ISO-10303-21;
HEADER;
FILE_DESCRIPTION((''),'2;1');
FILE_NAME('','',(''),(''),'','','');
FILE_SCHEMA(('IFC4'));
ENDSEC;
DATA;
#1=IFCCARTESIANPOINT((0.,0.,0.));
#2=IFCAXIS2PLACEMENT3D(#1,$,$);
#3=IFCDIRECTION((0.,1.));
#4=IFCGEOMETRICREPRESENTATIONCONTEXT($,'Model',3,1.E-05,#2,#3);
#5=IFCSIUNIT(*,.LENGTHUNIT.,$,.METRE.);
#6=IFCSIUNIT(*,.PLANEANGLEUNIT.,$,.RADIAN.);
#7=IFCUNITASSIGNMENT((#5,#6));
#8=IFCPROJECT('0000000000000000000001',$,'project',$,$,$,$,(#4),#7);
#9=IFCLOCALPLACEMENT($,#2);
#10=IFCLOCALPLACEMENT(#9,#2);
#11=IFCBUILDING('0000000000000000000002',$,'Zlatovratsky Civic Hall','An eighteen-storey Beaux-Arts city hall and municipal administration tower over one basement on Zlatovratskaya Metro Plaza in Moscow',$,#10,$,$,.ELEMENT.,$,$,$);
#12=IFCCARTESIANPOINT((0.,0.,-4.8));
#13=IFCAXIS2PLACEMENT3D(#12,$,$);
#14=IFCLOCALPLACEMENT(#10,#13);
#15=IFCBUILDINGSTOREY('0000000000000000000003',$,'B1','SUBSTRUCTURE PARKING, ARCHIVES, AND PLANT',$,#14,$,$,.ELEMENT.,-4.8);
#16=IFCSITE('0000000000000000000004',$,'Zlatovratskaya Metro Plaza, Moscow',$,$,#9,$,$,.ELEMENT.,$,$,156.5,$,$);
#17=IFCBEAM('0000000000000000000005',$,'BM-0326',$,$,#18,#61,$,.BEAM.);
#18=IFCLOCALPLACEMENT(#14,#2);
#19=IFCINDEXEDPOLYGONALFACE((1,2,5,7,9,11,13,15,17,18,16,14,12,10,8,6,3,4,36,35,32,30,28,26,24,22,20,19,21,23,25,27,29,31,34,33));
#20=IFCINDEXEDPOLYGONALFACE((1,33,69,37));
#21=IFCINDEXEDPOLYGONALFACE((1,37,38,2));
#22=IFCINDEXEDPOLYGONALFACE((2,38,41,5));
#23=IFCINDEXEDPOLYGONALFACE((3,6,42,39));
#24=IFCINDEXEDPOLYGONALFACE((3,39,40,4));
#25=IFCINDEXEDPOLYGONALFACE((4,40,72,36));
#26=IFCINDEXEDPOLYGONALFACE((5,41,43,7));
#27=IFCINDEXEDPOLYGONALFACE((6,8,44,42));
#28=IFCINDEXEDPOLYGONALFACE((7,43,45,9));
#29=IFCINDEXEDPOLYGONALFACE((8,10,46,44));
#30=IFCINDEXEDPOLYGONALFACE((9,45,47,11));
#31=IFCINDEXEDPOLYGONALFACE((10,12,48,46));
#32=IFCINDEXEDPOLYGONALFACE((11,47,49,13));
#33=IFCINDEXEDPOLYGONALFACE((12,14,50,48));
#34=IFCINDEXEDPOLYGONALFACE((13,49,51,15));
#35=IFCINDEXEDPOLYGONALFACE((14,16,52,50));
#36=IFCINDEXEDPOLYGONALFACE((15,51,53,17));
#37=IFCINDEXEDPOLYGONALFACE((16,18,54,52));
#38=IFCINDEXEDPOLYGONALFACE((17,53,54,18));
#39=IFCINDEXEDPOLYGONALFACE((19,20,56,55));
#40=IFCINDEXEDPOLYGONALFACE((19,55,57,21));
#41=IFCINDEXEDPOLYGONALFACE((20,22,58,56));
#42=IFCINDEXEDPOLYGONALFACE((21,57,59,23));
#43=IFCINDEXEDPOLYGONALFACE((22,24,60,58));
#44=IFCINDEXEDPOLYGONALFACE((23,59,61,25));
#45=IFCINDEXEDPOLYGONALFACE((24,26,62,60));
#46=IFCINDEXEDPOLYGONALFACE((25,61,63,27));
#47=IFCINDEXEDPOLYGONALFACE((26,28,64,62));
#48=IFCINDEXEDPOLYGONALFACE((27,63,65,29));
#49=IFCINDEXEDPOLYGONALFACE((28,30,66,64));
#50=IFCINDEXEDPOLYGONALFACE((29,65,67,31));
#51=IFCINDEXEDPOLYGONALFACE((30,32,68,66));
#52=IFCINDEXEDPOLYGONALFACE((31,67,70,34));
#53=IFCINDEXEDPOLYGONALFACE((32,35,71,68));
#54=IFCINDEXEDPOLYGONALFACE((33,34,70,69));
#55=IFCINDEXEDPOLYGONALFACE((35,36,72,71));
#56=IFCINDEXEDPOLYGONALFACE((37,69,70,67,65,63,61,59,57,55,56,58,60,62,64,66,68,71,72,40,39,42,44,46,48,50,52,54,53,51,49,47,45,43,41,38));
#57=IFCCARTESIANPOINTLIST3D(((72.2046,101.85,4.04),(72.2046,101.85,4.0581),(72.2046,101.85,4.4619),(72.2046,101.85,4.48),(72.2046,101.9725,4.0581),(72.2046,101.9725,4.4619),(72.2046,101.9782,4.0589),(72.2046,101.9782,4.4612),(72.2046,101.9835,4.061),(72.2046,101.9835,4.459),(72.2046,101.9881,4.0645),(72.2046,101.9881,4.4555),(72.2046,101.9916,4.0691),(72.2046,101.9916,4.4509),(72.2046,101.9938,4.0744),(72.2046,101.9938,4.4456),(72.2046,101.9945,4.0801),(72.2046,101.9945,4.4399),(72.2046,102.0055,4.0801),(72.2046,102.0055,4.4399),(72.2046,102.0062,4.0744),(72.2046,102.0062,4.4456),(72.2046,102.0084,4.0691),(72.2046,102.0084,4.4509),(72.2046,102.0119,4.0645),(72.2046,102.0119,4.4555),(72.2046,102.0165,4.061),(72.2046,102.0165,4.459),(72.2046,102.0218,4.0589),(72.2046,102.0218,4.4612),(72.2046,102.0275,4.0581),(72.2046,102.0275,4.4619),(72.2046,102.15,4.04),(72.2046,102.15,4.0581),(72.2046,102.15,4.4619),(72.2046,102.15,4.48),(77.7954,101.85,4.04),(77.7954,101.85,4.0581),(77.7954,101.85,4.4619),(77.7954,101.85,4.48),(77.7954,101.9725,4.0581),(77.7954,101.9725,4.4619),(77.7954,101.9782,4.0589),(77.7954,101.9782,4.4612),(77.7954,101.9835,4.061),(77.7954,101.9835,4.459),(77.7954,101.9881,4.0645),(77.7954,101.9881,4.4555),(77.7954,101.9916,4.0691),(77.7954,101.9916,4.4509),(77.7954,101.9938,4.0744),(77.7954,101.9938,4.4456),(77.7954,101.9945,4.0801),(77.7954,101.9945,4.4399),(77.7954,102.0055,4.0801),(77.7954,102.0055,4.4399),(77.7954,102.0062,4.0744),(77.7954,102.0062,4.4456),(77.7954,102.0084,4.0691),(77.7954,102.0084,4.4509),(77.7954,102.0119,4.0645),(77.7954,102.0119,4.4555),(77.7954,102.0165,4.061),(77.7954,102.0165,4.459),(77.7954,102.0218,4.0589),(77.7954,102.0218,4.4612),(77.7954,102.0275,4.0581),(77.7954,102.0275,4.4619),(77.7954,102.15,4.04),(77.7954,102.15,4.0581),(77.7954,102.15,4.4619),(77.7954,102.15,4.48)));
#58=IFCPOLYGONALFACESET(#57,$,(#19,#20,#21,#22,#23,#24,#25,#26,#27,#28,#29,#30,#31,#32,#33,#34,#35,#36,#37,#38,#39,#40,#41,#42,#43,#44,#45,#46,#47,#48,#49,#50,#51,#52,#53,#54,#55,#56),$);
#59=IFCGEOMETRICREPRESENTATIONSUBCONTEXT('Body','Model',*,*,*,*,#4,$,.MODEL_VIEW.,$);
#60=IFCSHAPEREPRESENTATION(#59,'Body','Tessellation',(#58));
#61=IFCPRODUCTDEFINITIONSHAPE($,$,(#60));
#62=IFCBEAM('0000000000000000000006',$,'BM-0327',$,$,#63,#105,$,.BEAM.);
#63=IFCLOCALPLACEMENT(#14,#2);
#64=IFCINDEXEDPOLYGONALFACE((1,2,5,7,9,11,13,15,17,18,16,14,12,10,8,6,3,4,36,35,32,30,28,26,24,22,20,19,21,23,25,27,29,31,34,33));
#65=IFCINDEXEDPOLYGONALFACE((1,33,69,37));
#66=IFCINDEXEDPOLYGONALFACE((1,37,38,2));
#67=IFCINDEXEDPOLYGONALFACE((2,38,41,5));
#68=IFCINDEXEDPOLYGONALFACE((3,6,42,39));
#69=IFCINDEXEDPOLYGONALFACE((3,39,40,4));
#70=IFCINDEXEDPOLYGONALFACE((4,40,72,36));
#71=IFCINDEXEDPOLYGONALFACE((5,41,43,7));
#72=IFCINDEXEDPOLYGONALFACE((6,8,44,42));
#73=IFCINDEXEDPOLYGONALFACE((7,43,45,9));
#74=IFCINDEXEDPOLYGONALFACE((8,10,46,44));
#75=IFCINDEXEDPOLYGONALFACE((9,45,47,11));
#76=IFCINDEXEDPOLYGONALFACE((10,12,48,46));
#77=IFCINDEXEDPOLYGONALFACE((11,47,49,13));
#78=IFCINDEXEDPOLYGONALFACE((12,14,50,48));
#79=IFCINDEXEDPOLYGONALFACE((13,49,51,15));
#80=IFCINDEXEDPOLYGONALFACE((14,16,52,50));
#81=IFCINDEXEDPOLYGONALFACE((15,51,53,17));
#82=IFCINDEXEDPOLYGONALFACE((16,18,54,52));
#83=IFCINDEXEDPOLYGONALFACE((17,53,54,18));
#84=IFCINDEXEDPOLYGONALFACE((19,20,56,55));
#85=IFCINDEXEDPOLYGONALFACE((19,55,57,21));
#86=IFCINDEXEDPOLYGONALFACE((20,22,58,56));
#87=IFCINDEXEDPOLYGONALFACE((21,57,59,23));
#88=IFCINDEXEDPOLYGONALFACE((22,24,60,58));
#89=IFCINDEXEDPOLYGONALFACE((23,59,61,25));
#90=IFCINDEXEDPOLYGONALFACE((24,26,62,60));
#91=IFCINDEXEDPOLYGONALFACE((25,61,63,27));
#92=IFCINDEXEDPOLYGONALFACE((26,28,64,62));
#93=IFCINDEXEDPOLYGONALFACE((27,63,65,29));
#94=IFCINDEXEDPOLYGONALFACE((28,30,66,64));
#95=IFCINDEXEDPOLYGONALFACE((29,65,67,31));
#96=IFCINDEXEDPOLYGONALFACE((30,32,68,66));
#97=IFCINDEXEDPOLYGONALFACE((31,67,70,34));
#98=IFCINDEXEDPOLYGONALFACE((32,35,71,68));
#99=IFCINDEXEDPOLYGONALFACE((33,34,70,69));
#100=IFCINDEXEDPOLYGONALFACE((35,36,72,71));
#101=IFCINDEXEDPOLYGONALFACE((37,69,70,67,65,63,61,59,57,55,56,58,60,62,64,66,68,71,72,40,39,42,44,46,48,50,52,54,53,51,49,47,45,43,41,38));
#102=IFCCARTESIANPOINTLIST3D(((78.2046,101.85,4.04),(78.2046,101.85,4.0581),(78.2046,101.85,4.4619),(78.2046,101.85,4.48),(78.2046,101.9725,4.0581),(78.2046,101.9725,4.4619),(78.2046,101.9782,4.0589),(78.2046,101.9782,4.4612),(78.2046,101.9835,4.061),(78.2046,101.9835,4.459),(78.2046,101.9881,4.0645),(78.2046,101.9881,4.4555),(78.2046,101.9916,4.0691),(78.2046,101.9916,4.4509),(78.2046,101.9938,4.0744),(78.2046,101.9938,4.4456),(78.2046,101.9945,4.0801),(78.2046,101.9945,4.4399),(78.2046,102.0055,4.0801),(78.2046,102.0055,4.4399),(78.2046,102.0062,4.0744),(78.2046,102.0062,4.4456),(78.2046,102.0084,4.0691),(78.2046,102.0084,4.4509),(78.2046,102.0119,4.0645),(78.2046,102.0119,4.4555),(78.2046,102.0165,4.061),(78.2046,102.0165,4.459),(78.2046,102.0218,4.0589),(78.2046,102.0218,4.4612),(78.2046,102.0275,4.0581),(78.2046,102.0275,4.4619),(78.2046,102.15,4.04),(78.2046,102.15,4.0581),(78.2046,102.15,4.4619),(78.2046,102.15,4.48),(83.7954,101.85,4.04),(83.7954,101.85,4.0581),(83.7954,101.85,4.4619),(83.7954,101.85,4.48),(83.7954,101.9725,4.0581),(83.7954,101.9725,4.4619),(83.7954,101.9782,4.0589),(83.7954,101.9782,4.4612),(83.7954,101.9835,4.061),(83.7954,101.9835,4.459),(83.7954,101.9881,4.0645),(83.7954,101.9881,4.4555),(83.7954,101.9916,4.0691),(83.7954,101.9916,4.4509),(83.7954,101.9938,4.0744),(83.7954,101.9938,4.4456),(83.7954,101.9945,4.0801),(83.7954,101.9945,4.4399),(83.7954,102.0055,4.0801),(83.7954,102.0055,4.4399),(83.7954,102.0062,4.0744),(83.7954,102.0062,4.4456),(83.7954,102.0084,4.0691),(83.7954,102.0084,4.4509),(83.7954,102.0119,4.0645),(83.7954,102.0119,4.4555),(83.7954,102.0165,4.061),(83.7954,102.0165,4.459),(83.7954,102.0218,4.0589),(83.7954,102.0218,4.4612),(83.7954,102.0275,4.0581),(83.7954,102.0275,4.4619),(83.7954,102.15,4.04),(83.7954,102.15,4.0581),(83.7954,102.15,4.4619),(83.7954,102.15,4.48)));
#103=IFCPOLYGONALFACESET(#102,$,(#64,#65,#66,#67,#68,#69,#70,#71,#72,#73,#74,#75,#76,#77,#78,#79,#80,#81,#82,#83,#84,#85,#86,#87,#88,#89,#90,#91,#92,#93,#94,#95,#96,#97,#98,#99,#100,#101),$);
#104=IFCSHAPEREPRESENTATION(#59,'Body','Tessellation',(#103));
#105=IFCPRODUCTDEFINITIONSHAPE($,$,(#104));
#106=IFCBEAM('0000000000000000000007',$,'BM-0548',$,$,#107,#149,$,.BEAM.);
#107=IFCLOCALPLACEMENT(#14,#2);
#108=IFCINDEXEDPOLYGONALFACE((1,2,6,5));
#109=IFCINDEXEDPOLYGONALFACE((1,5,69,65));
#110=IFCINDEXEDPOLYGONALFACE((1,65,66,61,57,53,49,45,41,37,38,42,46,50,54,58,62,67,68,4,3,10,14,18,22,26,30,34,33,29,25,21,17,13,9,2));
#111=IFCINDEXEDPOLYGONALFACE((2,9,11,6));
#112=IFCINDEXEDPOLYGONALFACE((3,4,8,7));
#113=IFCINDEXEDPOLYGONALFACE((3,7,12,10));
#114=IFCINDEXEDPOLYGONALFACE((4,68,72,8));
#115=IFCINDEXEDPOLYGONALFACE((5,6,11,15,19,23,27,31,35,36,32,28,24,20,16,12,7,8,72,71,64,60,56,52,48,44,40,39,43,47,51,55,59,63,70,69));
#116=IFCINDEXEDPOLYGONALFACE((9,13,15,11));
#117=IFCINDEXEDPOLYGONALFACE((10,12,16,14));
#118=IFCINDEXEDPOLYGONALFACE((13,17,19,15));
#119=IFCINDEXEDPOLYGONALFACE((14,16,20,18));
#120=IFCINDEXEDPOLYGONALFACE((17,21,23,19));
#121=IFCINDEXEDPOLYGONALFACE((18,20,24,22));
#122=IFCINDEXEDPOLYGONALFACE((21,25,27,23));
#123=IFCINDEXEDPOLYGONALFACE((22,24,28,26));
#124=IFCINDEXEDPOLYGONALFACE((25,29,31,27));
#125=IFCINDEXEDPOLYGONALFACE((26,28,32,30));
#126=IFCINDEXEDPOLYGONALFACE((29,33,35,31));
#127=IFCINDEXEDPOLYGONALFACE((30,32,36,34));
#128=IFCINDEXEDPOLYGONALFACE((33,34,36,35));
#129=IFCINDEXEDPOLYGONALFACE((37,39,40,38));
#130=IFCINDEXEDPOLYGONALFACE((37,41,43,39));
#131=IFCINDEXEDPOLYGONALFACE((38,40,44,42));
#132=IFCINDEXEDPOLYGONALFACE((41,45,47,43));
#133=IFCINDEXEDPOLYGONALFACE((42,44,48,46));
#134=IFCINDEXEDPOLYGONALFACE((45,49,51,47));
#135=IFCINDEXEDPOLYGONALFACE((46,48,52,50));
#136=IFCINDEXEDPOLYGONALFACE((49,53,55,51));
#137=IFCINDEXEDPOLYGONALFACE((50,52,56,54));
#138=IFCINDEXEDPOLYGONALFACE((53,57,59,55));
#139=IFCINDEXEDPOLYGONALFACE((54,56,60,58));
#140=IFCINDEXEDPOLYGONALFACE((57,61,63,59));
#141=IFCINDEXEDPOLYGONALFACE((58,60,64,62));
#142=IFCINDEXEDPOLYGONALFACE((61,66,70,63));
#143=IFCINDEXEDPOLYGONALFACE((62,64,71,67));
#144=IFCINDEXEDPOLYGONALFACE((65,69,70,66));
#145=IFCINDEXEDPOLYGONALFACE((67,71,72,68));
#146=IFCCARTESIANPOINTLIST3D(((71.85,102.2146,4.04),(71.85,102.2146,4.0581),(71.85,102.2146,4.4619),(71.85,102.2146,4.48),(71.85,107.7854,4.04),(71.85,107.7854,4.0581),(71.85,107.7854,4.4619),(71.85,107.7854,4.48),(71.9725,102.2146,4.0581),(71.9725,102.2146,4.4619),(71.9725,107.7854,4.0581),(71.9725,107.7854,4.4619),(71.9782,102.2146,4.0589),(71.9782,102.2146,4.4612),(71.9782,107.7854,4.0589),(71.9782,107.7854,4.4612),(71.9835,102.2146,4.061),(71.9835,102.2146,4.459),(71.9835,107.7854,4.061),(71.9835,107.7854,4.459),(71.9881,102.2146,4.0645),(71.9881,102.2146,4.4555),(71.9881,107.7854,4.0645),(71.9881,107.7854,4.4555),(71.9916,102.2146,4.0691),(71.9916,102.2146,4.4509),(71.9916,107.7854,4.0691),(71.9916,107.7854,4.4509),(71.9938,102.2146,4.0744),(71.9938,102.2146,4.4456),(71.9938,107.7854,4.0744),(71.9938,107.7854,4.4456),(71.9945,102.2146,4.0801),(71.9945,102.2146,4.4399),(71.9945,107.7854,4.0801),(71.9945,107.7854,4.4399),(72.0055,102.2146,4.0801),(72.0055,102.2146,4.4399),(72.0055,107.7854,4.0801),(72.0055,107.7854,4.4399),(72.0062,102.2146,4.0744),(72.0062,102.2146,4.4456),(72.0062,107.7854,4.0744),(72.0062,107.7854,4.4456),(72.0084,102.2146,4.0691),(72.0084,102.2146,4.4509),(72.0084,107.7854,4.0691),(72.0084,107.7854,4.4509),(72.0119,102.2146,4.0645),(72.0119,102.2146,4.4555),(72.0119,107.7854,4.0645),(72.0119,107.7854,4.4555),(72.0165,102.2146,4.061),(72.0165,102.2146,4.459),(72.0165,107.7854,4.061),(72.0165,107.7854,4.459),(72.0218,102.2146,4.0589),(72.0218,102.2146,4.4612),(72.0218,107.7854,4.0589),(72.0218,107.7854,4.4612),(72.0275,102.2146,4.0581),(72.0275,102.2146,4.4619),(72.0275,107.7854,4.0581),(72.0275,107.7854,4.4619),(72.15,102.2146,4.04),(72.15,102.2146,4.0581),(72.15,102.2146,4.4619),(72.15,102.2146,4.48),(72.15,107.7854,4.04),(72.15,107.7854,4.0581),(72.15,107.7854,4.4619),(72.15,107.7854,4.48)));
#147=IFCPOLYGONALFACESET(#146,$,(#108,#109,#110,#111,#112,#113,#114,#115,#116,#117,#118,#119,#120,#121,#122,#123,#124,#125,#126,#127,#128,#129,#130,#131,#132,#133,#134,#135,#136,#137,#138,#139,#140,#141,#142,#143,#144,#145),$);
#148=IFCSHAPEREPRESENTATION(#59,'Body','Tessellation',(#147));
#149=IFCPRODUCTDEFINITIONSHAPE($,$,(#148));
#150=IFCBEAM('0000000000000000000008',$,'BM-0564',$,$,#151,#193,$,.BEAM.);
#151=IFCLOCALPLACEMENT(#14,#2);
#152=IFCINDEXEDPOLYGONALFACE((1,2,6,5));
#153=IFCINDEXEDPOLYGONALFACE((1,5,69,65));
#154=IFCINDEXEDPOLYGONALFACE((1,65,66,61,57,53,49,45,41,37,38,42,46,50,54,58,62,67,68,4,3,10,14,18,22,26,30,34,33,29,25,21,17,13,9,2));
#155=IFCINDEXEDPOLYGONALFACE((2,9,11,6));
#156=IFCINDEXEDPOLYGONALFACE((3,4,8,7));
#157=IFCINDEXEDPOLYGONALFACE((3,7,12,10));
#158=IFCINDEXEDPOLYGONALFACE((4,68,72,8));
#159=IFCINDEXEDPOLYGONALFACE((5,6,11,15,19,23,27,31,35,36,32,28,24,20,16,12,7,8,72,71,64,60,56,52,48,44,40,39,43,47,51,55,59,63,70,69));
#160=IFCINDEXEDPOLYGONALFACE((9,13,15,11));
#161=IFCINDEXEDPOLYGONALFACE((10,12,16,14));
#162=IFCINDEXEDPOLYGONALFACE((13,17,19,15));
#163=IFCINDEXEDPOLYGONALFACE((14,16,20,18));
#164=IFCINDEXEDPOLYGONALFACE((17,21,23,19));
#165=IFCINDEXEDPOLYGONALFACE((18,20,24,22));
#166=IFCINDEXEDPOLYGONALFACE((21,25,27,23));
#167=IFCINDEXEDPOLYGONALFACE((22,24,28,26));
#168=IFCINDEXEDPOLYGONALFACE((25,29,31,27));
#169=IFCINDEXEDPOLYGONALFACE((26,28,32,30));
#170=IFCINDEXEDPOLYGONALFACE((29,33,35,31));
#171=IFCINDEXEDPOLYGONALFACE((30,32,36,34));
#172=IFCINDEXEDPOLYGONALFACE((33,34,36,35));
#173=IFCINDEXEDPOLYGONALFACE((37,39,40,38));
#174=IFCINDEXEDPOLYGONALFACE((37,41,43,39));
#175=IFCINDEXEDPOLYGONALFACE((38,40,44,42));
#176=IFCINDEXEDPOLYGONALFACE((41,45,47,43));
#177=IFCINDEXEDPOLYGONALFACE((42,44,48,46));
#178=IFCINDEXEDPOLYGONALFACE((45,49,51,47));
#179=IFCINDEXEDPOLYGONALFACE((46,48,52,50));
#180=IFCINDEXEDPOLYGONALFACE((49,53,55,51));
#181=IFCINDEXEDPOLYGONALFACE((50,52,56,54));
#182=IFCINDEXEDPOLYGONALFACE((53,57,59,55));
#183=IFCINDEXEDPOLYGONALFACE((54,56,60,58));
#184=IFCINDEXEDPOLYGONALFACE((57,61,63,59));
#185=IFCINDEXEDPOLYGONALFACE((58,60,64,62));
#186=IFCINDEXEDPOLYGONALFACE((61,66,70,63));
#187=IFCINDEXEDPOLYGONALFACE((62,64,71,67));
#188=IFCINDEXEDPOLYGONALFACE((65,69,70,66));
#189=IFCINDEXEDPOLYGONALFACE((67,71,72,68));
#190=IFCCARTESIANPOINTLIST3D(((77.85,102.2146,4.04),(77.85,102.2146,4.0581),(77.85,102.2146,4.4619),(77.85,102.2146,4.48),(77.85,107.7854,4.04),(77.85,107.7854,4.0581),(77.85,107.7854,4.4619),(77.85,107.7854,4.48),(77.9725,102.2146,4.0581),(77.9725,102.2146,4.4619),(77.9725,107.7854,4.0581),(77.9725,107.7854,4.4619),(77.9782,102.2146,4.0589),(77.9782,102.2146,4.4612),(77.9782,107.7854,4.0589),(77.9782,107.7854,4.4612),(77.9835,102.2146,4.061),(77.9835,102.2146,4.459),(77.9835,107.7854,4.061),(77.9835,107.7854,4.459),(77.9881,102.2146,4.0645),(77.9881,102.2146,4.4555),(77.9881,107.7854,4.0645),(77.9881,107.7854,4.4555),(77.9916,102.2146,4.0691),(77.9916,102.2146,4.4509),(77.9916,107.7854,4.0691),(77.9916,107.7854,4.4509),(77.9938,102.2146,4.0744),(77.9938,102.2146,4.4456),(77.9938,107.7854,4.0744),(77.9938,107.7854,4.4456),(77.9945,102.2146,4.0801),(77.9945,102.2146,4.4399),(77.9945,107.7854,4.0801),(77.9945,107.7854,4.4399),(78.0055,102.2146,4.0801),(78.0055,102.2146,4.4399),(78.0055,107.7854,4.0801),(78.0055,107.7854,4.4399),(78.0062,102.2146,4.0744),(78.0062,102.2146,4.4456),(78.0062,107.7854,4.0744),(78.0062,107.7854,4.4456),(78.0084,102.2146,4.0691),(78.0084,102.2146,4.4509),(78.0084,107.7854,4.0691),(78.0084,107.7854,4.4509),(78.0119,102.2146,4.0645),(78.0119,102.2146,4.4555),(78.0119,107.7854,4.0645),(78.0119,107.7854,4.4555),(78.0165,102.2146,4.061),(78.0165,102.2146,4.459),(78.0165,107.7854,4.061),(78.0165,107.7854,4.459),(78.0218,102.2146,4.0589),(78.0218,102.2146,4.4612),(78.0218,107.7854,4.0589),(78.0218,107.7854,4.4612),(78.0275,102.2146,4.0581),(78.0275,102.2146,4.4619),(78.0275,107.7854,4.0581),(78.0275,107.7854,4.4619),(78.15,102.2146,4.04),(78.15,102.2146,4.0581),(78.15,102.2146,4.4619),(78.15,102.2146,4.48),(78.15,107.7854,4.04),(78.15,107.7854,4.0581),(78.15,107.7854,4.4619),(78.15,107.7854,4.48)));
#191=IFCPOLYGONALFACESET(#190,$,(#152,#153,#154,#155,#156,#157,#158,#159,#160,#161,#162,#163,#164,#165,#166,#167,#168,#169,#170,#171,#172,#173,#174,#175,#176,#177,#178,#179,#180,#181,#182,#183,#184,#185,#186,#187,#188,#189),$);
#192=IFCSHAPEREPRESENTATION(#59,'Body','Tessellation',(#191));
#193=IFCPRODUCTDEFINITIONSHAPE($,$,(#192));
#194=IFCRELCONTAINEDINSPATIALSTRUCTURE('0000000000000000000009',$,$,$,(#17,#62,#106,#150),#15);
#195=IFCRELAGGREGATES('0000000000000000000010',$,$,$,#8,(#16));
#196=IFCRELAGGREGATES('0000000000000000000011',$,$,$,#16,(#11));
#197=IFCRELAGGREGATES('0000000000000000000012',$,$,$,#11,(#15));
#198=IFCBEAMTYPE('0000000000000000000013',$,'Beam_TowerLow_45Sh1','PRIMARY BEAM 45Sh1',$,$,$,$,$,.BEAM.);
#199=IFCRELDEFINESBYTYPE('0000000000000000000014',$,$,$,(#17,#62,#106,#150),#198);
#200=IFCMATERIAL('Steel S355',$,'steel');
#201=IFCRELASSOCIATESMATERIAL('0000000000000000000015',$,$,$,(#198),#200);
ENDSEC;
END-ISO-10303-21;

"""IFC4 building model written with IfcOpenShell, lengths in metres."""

from ifc_helpers import new_model, si_unit, direction, frame, origin, origin_2d, place, context, subcontext, project, spatial, i_section, extrude, material, material_profile, profile_set, type_object, element, save


model = new_model("IFC4")

# Units and contexts
model_context = context("Model", 3, precision=1e-05, world=origin(), true_north=direction((0.0, 1.0)))
body_context = subcontext(model_context, "Body", "Model", "MODEL_VIEW")
ifc_project = project(units=[si_unit("LENGTHUNIT", "METRE"), si_unit("PLANEANGLEUNIT", "RADIAN")], contexts=[model_context])

# Site, building, storey
site_placement = place(None, origin())
site = spatial("IfcSite", under=ifc_project, at=site_placement, Name="Zlatovratskaya Metro Plaza, Moscow", CompositionType="ELEMENT", RefElevation=156.5)
building_placement = place(site_placement, origin())
building = spatial("IfcBuilding", under=site, at=building_placement, Name="Zlatovratsky Civic Hall", Description="An eighteen-storey Beaux-Arts city hall and municipal administration tower over one basement on Zlatovratskaya Metro Plaza in Moscow", CompositionType="ELEMENT")
storey_placement = place(building_placement, frame((0.0, 0.0, -4.8)))
storey = spatial("IfcBuildingStorey", under=building, at=storey_placement, Name="B1", Description="SUBSTRUCTURE PARKING, ARCHIVES, AND PLANT", CompositionType="ELEMENT", Elevation=-4.8)

# Shared definitions
ifc_material_1 = material(Name="Steel S355", Category="steel")

# Beams
ifc_material_profile_1 = material_profile(ifc_material_1, i_section(OverallWidth=0.3, OverallDepth=0.4399, WebThickness=0.011, FlangeThickness=0.0181, FilletRadius=0.022, at=origin_2d()), Name="45Sh1")
ifc_profile_set_1 = profile_set([ifc_material_profile_1], Name="Steel S355")
beam_type = type_object("IfcBeamType", Name="Beam_TowerLow_45Sh1", Description="PRIMARY BEAM 45Sh1", PredefinedType="BEAM", material=ifc_profile_set_1)
for number, where, z_axis, x_axis, name in (
    (1, (72.2046, 102.0, 4.26), (1.0, 0.0, 0.0), (0.0, 1.0, 0.0), "BM-0326"),
    (2, (78.2046, 102.0, 4.26), (1.0, 0.0, 0.0), (0.0, 1.0, 0.0), "BM-0327"),
):
    element("IfcBeam", number, at=place(storey_placement, frame(where, z_axis=z_axis, x_axis=x_axis)), inside=storey, type_object=beam_type, Name=name, PredefinedType="BEAM", context=body_context, shape_type="SweptSolid", body=[
        extrude(i_section(OverallWidth=0.3, OverallDepth=0.4399, WebThickness=0.011, FlangeThickness=0.0181, FilletRadius=0.022, at=origin_2d()), origin(), (0.0, 0.0, 1.0), 5.5908),
    ])
for number, where, z_axis, x_axis, name in (
    (3, (72.0, 102.2146, 4.26), (0.0, 1.0, 0.0), (-1.0, 0.0, 0.0), "BM-0548"),
    (4, (78.0, 102.2146, 4.26), (0.0, 1.0, 0.0), (-1.0, 0.0, 0.0), "BM-0564"),
):
    element("IfcBeam", number, at=place(storey_placement, frame(where, z_axis=z_axis, x_axis=x_axis)), inside=storey, type_object=beam_type, Name=name, PredefinedType="BEAM", context=body_context, shape_type="SweptSolid", body=[
        extrude(i_section(OverallWidth=0.3, OverallDepth=0.4399, WebThickness=0.011, FlangeThickness=0.0181, FilletRadius=0.022, at=origin_2d()), origin(), (0.0, 0.0, 1.0), 5.5708),
    ])

save(model, "model.ifc")
